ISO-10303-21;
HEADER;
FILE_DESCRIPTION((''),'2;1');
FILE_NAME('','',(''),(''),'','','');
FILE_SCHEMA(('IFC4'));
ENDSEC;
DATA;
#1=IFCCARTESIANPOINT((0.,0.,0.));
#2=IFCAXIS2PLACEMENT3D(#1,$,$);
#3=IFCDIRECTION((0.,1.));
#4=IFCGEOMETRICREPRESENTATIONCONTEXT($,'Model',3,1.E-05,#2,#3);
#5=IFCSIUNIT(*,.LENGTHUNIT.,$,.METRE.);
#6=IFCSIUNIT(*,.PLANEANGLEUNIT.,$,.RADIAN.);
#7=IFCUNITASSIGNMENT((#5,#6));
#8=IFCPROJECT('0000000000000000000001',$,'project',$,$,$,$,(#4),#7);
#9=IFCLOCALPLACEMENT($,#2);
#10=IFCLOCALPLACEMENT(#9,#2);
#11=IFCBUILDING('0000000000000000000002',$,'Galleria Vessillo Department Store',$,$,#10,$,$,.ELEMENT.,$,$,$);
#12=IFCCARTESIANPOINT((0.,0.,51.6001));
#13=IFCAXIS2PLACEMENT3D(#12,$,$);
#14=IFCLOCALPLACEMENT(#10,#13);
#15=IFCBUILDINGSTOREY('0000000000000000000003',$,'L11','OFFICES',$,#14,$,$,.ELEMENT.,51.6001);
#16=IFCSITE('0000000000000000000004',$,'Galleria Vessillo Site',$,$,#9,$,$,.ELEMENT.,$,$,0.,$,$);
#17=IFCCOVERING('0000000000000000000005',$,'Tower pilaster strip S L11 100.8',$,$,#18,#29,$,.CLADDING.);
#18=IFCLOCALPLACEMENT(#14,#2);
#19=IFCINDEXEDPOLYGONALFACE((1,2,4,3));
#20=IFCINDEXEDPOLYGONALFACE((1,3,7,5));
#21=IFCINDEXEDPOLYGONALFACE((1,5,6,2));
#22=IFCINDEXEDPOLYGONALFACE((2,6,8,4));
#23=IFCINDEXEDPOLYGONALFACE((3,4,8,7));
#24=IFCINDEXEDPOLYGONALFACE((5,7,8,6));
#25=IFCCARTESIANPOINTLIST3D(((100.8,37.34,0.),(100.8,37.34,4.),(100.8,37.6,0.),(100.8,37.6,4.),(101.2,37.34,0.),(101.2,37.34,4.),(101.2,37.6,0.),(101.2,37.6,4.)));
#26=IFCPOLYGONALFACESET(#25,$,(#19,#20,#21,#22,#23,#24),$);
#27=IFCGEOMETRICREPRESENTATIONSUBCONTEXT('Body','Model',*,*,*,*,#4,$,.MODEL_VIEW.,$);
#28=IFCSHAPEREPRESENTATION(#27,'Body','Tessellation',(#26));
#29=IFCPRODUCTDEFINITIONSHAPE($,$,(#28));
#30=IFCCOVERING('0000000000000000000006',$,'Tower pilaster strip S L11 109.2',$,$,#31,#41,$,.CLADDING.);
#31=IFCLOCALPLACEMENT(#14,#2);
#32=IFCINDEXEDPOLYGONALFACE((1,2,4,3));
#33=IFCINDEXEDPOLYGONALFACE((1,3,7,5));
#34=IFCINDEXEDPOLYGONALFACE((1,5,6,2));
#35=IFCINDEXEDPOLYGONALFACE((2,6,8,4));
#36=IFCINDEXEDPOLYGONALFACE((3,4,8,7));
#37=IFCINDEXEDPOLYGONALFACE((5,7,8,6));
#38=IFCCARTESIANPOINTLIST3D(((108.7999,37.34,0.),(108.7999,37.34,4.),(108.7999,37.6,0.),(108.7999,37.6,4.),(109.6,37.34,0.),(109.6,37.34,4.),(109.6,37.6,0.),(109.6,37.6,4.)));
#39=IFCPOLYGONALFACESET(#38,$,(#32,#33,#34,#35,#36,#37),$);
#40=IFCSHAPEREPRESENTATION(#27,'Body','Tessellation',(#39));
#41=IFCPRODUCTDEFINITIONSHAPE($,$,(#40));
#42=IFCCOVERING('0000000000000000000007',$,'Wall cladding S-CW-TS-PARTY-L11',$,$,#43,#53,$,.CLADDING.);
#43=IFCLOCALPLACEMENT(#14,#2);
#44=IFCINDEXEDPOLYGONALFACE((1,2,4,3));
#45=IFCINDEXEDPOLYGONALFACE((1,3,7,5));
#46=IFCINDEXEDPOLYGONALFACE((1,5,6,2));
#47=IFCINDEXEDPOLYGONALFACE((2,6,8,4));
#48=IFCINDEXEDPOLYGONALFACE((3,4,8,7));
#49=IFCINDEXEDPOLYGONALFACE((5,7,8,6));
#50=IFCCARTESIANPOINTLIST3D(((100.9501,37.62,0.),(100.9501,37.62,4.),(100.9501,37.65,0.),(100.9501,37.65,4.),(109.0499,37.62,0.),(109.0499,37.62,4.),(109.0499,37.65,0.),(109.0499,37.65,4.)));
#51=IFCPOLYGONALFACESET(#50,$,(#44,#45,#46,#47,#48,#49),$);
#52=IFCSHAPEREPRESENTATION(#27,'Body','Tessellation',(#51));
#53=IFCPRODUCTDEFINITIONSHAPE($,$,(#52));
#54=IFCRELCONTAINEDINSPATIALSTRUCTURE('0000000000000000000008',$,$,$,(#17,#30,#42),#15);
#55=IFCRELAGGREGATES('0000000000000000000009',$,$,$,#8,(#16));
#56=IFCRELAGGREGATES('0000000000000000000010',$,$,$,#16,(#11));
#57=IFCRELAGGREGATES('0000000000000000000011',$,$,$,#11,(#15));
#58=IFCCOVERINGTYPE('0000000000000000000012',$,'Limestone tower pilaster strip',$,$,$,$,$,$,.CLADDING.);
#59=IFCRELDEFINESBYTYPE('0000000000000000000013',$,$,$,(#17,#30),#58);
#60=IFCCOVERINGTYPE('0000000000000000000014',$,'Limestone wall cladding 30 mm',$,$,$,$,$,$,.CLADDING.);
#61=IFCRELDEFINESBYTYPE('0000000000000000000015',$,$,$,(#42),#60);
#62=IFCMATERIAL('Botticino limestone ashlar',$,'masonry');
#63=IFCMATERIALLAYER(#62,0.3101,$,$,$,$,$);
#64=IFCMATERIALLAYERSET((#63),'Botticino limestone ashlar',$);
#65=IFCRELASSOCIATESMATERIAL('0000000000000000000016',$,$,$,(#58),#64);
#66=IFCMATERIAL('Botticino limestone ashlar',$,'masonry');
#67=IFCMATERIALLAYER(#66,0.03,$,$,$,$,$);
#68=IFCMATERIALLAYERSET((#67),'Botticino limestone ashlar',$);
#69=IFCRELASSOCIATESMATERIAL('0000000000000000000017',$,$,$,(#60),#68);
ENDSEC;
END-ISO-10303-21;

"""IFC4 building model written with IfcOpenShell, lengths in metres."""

from ifc_helpers import new_model, si_unit, direction, frame, origin, origin_2d, place, context, subcontext, project, spatial, rectangle, extrude, material, layer, layer_set, type_object, element, save


model = new_model("IFC4")

# Units and contexts
model_context = context("Model", 3, precision=1e-05, world=origin(), true_north=direction((0.0, 1.0)))
body_context = subcontext(model_context, "Body", "Model", "MODEL_VIEW")
ifc_project = project(units=[si_unit("LENGTHUNIT", "METRE"), si_unit("PLANEANGLEUNIT", "RADIAN")], contexts=[model_context])

# Site, building, storey
site_placement = place(None, origin())
site = spatial("IfcSite", under=ifc_project, at=site_placement, Name="Galleria Vessillo Site", CompositionType="ELEMENT", RefElevation=0.0)
building_placement = place(site_placement, origin())
building = spatial("IfcBuilding", under=site, at=building_placement, Name="Galleria Vessillo Department Store", CompositionType="ELEMENT")
storey_placement = place(building_placement, frame((0.0, 0.0, 51.6001)))
storey = spatial("IfcBuildingStorey", under=building, at=storey_placement, Name="L11", Description="OFFICES", CompositionType="ELEMENT", Elevation=51.6001)

# Coverings
ifc_material_1 = material(Name="Botticino limestone ashlar", Category="masonry")
ifc_layer_1 = layer(ifc_material_1, 0.3101)
ifc_layer_set_1 = layer_set([ifc_layer_1], Name="Botticino limestone ashlar")
covering_type_1 = type_object("IfcCoveringType", Name="Limestone tower pilaster strip", PredefinedType="CLADDING", material=ifc_layer_set_1)
covering_1_placement = place(storey_placement, frame((101.0, 37.47, 0.0), z_axis=(0.0, 0.0, 1.0), x_axis=(1.0, 0.0, 0.0)))
element("IfcCovering", 1, at=covering_1_placement, inside=storey, type_object=covering_type_1, Name="Tower pilaster strip S L11 100.8", PredefinedType="CLADDING", context=body_context, shape_type="SweptSolid", body=[
    extrude(rectangle(XDim=0.3999, YDim=0.26, at=origin_2d()), origin(), (0.0, 0.0, 1.0), 4.0),
])
covering_2_placement = place(storey_placement, frame((109.2, 37.47, 0.0), z_axis=(0.0, 0.0, 1.0), x_axis=(1.0, 0.0, 0.0)))
element("IfcCovering", 2, at=covering_2_placement, inside=storey, type_object=covering_type_1, Name="Tower pilaster strip S L11 109.2", PredefinedType="CLADDING", context=body_context, shape_type="SweptSolid", body=[
    extrude(rectangle(XDim=0.8, YDim=0.26, at=origin_2d()), origin(), (0.0, 0.0, 1.0), 4.0),
])
ifc_material_2 = material(Name="Botticino limestone ashlar", Category="masonry")
ifc_layer_2 = layer(ifc_material_2, 0.03)
ifc_layer_set_2 = layer_set([ifc_layer_2], Name="Botticino limestone ashlar")
covering_type_2 = type_object("IfcCoveringType", Name="Limestone wall cladding 30 mm", PredefinedType="CLADDING", material=ifc_layer_set_2)
covering_3_placement = place(storey_placement, frame((105.0, 37.635, 0.0), z_axis=(0.0, 0.0, 1.0), x_axis=(1.0, 0.0, 0.0)))
element("IfcCovering", 3, at=covering_3_placement, inside=storey, type_object=covering_type_2, Name="Wall cladding S-CW-TS-PARTY-L11", PredefinedType="CLADDING", context=body_context, shape_type="SweptSolid", body=[
    extrude(rectangle(XDim=8.0999, YDim=0.03, at=origin_2d()), origin(), (0.0, 0.0, 1.0), 4.0),
])

save(model, "model.ifc")
